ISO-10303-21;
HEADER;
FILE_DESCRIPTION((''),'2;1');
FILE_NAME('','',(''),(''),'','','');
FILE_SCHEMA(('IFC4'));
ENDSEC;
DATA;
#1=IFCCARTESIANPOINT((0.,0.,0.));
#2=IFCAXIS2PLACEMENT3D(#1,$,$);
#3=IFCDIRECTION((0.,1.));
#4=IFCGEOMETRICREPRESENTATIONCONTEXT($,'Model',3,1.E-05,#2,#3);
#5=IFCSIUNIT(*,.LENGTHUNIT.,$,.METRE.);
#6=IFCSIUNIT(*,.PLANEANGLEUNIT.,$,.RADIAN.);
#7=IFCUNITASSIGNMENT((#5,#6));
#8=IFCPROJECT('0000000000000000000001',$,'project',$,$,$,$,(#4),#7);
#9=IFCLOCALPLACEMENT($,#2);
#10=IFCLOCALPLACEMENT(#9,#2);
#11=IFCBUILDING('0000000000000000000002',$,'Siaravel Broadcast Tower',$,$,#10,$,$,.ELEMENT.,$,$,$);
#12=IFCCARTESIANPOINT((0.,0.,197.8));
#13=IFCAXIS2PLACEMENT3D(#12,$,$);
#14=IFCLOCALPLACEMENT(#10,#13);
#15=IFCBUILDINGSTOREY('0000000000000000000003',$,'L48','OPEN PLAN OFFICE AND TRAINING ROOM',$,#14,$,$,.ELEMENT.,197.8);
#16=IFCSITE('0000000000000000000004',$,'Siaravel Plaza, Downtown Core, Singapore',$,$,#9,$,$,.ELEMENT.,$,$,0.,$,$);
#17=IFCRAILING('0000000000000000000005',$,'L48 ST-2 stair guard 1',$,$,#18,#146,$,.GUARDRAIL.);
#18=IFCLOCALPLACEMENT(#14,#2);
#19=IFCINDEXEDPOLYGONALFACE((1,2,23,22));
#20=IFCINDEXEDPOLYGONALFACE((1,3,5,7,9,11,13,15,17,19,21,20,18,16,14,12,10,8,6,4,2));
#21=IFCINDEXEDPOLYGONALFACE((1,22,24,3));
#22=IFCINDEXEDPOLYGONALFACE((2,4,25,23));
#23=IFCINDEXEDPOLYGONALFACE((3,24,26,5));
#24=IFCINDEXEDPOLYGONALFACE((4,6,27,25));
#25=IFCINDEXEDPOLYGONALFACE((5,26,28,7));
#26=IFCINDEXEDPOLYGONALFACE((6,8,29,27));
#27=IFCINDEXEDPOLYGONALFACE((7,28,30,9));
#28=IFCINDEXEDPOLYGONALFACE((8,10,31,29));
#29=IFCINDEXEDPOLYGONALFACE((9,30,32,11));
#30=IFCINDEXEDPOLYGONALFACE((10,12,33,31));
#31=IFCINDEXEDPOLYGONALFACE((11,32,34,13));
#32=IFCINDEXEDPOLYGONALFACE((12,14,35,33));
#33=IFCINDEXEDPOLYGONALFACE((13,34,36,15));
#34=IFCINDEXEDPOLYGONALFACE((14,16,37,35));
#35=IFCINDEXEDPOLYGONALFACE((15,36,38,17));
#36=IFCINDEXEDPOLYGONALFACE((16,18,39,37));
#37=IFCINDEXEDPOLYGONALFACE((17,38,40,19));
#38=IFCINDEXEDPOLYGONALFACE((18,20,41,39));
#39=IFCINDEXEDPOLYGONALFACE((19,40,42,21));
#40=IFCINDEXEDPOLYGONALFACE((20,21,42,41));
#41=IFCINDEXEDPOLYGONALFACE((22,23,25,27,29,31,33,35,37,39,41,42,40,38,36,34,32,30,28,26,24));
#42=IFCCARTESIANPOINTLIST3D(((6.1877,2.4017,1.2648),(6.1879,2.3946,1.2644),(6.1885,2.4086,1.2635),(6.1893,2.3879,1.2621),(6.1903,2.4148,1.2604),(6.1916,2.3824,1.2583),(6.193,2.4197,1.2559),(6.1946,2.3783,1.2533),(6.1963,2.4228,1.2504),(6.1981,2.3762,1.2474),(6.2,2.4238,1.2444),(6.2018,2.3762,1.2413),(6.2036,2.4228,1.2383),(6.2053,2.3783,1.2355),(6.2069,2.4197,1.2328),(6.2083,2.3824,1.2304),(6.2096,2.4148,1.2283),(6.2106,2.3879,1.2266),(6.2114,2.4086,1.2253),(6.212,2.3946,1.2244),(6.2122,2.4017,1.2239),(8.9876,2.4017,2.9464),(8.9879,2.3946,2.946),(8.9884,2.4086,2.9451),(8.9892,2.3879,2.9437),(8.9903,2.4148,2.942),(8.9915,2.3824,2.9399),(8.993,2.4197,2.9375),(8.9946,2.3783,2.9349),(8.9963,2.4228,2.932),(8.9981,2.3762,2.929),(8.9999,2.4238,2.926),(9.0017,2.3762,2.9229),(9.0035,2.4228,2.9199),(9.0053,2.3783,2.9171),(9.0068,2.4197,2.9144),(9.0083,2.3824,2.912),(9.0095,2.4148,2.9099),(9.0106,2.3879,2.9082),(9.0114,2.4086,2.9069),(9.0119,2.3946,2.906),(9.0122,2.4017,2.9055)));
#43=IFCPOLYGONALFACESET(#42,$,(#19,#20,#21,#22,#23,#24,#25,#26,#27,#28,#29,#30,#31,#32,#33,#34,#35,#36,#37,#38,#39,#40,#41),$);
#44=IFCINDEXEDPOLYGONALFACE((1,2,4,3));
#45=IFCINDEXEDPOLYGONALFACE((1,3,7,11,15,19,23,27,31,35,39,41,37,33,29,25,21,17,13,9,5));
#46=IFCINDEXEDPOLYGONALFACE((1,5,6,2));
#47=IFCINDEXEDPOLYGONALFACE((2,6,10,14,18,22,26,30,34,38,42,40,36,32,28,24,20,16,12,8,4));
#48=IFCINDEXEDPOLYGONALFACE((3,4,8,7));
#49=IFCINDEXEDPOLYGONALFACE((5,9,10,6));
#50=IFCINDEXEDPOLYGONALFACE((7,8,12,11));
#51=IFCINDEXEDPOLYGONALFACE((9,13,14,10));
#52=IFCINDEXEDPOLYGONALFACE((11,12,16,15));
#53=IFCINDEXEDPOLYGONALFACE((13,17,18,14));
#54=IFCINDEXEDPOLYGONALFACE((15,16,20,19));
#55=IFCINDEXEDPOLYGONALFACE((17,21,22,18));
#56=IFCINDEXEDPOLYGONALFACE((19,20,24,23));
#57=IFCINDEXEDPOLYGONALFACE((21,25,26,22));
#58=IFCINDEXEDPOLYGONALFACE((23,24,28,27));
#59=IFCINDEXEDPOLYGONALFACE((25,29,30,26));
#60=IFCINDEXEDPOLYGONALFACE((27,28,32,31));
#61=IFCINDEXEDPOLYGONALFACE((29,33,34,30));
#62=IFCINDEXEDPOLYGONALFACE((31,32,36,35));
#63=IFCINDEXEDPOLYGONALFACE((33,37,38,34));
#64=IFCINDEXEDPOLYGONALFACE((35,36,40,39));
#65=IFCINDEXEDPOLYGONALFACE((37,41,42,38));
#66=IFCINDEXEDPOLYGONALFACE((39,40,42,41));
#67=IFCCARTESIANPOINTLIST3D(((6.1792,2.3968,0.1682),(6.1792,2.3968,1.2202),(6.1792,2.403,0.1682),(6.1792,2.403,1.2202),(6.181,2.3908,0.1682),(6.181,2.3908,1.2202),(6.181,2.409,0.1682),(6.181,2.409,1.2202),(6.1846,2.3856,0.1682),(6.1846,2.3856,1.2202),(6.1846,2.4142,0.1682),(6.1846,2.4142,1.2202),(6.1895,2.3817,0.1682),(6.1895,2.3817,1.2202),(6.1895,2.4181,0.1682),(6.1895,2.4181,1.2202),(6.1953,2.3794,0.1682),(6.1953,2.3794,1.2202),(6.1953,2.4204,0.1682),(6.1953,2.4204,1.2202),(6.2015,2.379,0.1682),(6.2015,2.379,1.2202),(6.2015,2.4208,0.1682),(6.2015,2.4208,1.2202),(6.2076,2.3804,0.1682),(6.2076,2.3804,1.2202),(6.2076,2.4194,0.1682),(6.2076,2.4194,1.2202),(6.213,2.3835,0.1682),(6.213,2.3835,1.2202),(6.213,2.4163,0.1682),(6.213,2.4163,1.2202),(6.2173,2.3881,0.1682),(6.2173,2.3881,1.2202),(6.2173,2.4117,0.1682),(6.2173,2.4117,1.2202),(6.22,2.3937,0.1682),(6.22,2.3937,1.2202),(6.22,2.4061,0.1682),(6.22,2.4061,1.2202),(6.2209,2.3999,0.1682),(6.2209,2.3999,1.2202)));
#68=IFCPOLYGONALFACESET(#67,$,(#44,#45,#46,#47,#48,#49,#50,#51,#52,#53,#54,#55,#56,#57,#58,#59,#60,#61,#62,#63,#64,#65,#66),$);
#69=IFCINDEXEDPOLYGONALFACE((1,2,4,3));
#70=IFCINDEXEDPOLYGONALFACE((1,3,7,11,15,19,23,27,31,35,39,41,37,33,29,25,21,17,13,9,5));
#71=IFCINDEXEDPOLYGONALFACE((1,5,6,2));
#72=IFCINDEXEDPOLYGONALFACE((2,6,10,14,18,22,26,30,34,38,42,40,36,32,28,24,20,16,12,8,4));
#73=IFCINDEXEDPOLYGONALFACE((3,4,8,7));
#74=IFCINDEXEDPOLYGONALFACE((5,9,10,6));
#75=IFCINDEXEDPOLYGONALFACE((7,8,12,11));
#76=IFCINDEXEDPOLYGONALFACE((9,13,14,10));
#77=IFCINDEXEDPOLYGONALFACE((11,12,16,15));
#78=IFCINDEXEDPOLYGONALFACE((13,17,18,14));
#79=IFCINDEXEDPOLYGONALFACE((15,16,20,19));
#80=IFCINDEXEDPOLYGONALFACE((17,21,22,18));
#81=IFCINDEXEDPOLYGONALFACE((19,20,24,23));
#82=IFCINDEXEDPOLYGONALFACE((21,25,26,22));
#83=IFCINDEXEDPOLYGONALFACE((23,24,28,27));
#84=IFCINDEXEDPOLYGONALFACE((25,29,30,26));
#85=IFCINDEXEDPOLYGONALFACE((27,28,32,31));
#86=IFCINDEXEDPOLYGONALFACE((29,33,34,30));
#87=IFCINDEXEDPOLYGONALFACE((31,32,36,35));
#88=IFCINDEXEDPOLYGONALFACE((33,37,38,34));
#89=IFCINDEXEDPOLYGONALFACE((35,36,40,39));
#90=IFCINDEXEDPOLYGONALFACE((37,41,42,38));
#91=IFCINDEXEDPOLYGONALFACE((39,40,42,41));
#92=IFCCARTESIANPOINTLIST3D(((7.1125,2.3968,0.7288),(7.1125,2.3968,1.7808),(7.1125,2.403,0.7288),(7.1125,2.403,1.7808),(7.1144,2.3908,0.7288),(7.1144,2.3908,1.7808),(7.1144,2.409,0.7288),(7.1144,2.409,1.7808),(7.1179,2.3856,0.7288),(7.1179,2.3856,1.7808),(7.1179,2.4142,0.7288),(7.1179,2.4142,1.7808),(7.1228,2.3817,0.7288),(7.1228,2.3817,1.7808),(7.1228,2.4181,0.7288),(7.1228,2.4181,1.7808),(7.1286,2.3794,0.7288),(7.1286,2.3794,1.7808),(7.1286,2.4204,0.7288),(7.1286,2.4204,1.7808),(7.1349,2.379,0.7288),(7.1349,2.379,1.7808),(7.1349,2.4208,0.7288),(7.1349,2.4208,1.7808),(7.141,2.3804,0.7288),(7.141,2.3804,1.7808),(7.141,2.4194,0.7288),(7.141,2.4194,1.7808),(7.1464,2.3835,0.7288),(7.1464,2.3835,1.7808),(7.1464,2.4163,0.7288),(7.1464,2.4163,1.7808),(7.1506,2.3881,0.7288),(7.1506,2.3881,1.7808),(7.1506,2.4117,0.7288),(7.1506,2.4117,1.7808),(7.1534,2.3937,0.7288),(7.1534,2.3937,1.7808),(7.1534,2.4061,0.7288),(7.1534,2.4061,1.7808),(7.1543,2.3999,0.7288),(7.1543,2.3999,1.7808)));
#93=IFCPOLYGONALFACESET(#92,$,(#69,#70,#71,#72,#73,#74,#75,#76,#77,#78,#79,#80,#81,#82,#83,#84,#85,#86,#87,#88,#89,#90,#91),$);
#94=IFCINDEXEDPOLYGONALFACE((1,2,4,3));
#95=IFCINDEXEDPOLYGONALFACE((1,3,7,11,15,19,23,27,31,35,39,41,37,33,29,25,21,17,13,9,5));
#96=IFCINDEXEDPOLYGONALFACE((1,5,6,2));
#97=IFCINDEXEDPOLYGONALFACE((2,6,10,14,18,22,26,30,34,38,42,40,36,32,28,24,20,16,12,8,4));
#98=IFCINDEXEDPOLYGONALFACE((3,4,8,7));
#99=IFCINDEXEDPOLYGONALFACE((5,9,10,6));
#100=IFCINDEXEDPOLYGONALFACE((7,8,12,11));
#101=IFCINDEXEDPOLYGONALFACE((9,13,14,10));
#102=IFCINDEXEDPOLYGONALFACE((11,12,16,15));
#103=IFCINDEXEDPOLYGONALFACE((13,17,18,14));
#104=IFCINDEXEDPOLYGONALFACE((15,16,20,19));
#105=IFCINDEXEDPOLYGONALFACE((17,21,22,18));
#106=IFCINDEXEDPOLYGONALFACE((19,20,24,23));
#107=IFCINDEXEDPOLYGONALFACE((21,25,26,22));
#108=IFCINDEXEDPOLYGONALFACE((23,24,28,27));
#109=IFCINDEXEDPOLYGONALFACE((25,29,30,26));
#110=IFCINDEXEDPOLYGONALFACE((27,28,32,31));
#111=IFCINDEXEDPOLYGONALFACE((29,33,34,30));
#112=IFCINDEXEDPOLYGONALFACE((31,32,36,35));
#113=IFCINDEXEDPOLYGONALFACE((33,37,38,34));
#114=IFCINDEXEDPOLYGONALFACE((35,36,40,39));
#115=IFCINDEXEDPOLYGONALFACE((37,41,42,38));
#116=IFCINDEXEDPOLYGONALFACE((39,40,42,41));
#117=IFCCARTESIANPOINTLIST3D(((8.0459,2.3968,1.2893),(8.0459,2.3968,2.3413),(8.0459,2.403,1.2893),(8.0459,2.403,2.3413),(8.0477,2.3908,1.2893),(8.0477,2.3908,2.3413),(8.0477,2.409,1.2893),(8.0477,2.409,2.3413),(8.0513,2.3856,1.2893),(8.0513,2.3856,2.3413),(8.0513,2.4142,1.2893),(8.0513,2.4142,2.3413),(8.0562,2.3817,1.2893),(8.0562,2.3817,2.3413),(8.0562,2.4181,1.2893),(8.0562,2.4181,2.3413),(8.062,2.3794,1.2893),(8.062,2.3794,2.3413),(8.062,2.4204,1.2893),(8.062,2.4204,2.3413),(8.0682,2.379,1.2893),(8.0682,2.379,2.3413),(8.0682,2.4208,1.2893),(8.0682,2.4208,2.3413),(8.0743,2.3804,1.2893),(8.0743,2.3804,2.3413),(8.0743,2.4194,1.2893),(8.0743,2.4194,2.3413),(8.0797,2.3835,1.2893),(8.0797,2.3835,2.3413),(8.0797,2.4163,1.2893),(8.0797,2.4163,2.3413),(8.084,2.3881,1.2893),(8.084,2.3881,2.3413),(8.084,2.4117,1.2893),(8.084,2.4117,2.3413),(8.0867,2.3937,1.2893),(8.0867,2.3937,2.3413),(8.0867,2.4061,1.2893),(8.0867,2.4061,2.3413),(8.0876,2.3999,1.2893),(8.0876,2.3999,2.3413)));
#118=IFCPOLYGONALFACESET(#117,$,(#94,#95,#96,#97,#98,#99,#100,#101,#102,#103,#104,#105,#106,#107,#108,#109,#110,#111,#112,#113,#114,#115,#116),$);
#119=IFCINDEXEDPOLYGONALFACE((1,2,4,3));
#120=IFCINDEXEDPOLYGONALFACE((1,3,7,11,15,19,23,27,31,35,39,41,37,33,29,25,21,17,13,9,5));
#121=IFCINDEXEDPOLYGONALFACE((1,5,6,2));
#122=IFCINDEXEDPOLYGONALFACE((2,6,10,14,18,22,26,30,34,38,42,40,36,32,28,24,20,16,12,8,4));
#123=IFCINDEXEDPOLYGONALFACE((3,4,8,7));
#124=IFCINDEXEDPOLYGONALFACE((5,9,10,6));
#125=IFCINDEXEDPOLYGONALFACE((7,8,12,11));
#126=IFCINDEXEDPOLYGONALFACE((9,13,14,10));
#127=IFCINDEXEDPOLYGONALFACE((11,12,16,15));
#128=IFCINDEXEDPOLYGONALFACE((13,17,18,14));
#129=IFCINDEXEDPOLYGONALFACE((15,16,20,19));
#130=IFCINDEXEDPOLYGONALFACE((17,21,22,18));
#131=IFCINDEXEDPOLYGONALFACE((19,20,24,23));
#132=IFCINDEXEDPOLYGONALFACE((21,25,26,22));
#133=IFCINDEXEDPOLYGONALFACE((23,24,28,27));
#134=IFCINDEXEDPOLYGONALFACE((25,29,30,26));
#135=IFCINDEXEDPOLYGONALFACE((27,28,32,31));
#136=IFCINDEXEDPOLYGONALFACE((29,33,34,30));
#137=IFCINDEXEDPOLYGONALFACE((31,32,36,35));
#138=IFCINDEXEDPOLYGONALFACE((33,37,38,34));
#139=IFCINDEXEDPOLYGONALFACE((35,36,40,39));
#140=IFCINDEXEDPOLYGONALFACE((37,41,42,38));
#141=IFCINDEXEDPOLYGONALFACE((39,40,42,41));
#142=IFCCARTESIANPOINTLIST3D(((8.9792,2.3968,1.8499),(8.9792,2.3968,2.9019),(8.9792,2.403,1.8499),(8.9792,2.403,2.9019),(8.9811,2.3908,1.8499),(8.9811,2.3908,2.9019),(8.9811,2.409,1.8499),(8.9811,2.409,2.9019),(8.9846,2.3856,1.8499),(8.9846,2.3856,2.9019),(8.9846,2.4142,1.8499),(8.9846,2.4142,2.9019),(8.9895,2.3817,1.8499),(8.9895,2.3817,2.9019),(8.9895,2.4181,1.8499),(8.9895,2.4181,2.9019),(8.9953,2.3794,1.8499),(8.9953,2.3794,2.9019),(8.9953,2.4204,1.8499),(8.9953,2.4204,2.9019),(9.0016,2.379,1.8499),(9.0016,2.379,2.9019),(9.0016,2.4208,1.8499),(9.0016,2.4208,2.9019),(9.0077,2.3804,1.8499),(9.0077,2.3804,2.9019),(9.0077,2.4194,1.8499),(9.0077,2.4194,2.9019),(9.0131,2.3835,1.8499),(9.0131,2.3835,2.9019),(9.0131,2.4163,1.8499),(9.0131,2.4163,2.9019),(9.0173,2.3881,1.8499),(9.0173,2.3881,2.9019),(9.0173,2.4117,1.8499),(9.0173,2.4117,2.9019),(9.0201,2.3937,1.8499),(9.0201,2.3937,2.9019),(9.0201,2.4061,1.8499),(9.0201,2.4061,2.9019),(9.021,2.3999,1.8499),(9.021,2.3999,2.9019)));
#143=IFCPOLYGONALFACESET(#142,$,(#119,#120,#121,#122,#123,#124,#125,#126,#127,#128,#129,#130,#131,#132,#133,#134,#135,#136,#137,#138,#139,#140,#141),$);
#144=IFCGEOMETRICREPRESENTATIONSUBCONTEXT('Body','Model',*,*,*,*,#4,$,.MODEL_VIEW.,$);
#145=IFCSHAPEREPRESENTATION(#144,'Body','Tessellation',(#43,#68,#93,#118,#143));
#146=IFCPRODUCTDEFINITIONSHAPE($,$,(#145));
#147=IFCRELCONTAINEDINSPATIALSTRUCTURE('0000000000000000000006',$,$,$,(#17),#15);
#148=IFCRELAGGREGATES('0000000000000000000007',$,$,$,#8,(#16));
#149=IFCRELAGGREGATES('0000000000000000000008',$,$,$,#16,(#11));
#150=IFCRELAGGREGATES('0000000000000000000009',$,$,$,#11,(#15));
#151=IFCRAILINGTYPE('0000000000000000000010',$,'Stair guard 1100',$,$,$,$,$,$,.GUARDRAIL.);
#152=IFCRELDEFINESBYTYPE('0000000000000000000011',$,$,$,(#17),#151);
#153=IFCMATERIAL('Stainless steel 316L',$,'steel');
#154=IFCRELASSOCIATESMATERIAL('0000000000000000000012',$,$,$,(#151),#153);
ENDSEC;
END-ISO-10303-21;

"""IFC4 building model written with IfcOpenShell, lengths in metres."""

from ifc_helpers import new_model, si_unit, direction, frame, origin, origin_2d, place, context, subcontext, project, spatial, circle, extrude, material, type_object, element, save


model = new_model("IFC4")

# Units and contexts
model_context = context("Model", 3, precision=1e-05, world=origin(), true_north=direction((0.0, 1.0)))
body_context = subcontext(model_context, "Body", "Model", "MODEL_VIEW")
ifc_project = project(units=[si_unit("LENGTHUNIT", "METRE"), si_unit("PLANEANGLEUNIT", "RADIAN")], contexts=[model_context])

# Site, building, storey
site_placement = place(None, origin())
site = spatial("IfcSite", under=ifc_project, at=site_placement, Name="Siaravel Plaza, Downtown Core, Singapore", CompositionType="ELEMENT", RefElevation=0.0)
building_placement = place(site_placement, origin())
building = spatial("IfcBuilding", under=site, at=building_placement, Name="Siaravel Broadcast Tower", CompositionType="ELEMENT")
storey_placement = place(building_placement, frame((0.0, 0.0, 197.8)))
storey = spatial("IfcBuildingStorey", under=building, at=storey_placement, Name="L48", Description="OPEN PLAN OFFICE AND TRAINING ROOM", CompositionType="ELEMENT", Elevation=197.8)

# Railing
ifc_material_1 = material(Name="Stainless steel 316L", Category="steel")
railing_type_1 = type_object("IfcRailingType", Name="Stair guard 1100", PredefinedType="GUARDRAIL", material=ifc_material_1)
railing_1_placement = place(storey_placement, frame((6.2, 2.3999, 0.1682)))
element("IfcRailing", 1, at=railing_1_placement, inside=storey, type_object=railing_type_1, Name="L48 ST-2 stair guard 1", PredefinedType="GUARDRAIL", context=body_context, shape_type="SweptSolid", body=[
    extrude(circle(Radius=0.0239, at=origin_2d()), frame((0.0, 0.0, 1.0762), z_axis=(0.857275, 0.0, 0.514858), x_axis=(0.0, 1.0, 0.0)), (0.0, 0.0, 1.0), 3.2661),
    extrude(circle(Radius=0.021, at=origin_2d()), origin(), (0.0, 0.0, 1.0), 1.052),
    extrude(circle(Radius=0.021, at=origin_2d()), frame((0.9333, 0.0, 0.5605)), (0.0, 0.0, 1.0), 1.052),
    extrude(circle(Radius=0.021, at=origin_2d()), frame((1.8667, 0.0, 1.1211)), (0.0, 0.0, 1.0), 1.052),
    extrude(circle(Radius=0.021, at=origin_2d()), frame((2.8, 0.0, 1.6816)), (0.0, 0.0, 1.0), 1.052),
])

save(model, "model.ifc")
